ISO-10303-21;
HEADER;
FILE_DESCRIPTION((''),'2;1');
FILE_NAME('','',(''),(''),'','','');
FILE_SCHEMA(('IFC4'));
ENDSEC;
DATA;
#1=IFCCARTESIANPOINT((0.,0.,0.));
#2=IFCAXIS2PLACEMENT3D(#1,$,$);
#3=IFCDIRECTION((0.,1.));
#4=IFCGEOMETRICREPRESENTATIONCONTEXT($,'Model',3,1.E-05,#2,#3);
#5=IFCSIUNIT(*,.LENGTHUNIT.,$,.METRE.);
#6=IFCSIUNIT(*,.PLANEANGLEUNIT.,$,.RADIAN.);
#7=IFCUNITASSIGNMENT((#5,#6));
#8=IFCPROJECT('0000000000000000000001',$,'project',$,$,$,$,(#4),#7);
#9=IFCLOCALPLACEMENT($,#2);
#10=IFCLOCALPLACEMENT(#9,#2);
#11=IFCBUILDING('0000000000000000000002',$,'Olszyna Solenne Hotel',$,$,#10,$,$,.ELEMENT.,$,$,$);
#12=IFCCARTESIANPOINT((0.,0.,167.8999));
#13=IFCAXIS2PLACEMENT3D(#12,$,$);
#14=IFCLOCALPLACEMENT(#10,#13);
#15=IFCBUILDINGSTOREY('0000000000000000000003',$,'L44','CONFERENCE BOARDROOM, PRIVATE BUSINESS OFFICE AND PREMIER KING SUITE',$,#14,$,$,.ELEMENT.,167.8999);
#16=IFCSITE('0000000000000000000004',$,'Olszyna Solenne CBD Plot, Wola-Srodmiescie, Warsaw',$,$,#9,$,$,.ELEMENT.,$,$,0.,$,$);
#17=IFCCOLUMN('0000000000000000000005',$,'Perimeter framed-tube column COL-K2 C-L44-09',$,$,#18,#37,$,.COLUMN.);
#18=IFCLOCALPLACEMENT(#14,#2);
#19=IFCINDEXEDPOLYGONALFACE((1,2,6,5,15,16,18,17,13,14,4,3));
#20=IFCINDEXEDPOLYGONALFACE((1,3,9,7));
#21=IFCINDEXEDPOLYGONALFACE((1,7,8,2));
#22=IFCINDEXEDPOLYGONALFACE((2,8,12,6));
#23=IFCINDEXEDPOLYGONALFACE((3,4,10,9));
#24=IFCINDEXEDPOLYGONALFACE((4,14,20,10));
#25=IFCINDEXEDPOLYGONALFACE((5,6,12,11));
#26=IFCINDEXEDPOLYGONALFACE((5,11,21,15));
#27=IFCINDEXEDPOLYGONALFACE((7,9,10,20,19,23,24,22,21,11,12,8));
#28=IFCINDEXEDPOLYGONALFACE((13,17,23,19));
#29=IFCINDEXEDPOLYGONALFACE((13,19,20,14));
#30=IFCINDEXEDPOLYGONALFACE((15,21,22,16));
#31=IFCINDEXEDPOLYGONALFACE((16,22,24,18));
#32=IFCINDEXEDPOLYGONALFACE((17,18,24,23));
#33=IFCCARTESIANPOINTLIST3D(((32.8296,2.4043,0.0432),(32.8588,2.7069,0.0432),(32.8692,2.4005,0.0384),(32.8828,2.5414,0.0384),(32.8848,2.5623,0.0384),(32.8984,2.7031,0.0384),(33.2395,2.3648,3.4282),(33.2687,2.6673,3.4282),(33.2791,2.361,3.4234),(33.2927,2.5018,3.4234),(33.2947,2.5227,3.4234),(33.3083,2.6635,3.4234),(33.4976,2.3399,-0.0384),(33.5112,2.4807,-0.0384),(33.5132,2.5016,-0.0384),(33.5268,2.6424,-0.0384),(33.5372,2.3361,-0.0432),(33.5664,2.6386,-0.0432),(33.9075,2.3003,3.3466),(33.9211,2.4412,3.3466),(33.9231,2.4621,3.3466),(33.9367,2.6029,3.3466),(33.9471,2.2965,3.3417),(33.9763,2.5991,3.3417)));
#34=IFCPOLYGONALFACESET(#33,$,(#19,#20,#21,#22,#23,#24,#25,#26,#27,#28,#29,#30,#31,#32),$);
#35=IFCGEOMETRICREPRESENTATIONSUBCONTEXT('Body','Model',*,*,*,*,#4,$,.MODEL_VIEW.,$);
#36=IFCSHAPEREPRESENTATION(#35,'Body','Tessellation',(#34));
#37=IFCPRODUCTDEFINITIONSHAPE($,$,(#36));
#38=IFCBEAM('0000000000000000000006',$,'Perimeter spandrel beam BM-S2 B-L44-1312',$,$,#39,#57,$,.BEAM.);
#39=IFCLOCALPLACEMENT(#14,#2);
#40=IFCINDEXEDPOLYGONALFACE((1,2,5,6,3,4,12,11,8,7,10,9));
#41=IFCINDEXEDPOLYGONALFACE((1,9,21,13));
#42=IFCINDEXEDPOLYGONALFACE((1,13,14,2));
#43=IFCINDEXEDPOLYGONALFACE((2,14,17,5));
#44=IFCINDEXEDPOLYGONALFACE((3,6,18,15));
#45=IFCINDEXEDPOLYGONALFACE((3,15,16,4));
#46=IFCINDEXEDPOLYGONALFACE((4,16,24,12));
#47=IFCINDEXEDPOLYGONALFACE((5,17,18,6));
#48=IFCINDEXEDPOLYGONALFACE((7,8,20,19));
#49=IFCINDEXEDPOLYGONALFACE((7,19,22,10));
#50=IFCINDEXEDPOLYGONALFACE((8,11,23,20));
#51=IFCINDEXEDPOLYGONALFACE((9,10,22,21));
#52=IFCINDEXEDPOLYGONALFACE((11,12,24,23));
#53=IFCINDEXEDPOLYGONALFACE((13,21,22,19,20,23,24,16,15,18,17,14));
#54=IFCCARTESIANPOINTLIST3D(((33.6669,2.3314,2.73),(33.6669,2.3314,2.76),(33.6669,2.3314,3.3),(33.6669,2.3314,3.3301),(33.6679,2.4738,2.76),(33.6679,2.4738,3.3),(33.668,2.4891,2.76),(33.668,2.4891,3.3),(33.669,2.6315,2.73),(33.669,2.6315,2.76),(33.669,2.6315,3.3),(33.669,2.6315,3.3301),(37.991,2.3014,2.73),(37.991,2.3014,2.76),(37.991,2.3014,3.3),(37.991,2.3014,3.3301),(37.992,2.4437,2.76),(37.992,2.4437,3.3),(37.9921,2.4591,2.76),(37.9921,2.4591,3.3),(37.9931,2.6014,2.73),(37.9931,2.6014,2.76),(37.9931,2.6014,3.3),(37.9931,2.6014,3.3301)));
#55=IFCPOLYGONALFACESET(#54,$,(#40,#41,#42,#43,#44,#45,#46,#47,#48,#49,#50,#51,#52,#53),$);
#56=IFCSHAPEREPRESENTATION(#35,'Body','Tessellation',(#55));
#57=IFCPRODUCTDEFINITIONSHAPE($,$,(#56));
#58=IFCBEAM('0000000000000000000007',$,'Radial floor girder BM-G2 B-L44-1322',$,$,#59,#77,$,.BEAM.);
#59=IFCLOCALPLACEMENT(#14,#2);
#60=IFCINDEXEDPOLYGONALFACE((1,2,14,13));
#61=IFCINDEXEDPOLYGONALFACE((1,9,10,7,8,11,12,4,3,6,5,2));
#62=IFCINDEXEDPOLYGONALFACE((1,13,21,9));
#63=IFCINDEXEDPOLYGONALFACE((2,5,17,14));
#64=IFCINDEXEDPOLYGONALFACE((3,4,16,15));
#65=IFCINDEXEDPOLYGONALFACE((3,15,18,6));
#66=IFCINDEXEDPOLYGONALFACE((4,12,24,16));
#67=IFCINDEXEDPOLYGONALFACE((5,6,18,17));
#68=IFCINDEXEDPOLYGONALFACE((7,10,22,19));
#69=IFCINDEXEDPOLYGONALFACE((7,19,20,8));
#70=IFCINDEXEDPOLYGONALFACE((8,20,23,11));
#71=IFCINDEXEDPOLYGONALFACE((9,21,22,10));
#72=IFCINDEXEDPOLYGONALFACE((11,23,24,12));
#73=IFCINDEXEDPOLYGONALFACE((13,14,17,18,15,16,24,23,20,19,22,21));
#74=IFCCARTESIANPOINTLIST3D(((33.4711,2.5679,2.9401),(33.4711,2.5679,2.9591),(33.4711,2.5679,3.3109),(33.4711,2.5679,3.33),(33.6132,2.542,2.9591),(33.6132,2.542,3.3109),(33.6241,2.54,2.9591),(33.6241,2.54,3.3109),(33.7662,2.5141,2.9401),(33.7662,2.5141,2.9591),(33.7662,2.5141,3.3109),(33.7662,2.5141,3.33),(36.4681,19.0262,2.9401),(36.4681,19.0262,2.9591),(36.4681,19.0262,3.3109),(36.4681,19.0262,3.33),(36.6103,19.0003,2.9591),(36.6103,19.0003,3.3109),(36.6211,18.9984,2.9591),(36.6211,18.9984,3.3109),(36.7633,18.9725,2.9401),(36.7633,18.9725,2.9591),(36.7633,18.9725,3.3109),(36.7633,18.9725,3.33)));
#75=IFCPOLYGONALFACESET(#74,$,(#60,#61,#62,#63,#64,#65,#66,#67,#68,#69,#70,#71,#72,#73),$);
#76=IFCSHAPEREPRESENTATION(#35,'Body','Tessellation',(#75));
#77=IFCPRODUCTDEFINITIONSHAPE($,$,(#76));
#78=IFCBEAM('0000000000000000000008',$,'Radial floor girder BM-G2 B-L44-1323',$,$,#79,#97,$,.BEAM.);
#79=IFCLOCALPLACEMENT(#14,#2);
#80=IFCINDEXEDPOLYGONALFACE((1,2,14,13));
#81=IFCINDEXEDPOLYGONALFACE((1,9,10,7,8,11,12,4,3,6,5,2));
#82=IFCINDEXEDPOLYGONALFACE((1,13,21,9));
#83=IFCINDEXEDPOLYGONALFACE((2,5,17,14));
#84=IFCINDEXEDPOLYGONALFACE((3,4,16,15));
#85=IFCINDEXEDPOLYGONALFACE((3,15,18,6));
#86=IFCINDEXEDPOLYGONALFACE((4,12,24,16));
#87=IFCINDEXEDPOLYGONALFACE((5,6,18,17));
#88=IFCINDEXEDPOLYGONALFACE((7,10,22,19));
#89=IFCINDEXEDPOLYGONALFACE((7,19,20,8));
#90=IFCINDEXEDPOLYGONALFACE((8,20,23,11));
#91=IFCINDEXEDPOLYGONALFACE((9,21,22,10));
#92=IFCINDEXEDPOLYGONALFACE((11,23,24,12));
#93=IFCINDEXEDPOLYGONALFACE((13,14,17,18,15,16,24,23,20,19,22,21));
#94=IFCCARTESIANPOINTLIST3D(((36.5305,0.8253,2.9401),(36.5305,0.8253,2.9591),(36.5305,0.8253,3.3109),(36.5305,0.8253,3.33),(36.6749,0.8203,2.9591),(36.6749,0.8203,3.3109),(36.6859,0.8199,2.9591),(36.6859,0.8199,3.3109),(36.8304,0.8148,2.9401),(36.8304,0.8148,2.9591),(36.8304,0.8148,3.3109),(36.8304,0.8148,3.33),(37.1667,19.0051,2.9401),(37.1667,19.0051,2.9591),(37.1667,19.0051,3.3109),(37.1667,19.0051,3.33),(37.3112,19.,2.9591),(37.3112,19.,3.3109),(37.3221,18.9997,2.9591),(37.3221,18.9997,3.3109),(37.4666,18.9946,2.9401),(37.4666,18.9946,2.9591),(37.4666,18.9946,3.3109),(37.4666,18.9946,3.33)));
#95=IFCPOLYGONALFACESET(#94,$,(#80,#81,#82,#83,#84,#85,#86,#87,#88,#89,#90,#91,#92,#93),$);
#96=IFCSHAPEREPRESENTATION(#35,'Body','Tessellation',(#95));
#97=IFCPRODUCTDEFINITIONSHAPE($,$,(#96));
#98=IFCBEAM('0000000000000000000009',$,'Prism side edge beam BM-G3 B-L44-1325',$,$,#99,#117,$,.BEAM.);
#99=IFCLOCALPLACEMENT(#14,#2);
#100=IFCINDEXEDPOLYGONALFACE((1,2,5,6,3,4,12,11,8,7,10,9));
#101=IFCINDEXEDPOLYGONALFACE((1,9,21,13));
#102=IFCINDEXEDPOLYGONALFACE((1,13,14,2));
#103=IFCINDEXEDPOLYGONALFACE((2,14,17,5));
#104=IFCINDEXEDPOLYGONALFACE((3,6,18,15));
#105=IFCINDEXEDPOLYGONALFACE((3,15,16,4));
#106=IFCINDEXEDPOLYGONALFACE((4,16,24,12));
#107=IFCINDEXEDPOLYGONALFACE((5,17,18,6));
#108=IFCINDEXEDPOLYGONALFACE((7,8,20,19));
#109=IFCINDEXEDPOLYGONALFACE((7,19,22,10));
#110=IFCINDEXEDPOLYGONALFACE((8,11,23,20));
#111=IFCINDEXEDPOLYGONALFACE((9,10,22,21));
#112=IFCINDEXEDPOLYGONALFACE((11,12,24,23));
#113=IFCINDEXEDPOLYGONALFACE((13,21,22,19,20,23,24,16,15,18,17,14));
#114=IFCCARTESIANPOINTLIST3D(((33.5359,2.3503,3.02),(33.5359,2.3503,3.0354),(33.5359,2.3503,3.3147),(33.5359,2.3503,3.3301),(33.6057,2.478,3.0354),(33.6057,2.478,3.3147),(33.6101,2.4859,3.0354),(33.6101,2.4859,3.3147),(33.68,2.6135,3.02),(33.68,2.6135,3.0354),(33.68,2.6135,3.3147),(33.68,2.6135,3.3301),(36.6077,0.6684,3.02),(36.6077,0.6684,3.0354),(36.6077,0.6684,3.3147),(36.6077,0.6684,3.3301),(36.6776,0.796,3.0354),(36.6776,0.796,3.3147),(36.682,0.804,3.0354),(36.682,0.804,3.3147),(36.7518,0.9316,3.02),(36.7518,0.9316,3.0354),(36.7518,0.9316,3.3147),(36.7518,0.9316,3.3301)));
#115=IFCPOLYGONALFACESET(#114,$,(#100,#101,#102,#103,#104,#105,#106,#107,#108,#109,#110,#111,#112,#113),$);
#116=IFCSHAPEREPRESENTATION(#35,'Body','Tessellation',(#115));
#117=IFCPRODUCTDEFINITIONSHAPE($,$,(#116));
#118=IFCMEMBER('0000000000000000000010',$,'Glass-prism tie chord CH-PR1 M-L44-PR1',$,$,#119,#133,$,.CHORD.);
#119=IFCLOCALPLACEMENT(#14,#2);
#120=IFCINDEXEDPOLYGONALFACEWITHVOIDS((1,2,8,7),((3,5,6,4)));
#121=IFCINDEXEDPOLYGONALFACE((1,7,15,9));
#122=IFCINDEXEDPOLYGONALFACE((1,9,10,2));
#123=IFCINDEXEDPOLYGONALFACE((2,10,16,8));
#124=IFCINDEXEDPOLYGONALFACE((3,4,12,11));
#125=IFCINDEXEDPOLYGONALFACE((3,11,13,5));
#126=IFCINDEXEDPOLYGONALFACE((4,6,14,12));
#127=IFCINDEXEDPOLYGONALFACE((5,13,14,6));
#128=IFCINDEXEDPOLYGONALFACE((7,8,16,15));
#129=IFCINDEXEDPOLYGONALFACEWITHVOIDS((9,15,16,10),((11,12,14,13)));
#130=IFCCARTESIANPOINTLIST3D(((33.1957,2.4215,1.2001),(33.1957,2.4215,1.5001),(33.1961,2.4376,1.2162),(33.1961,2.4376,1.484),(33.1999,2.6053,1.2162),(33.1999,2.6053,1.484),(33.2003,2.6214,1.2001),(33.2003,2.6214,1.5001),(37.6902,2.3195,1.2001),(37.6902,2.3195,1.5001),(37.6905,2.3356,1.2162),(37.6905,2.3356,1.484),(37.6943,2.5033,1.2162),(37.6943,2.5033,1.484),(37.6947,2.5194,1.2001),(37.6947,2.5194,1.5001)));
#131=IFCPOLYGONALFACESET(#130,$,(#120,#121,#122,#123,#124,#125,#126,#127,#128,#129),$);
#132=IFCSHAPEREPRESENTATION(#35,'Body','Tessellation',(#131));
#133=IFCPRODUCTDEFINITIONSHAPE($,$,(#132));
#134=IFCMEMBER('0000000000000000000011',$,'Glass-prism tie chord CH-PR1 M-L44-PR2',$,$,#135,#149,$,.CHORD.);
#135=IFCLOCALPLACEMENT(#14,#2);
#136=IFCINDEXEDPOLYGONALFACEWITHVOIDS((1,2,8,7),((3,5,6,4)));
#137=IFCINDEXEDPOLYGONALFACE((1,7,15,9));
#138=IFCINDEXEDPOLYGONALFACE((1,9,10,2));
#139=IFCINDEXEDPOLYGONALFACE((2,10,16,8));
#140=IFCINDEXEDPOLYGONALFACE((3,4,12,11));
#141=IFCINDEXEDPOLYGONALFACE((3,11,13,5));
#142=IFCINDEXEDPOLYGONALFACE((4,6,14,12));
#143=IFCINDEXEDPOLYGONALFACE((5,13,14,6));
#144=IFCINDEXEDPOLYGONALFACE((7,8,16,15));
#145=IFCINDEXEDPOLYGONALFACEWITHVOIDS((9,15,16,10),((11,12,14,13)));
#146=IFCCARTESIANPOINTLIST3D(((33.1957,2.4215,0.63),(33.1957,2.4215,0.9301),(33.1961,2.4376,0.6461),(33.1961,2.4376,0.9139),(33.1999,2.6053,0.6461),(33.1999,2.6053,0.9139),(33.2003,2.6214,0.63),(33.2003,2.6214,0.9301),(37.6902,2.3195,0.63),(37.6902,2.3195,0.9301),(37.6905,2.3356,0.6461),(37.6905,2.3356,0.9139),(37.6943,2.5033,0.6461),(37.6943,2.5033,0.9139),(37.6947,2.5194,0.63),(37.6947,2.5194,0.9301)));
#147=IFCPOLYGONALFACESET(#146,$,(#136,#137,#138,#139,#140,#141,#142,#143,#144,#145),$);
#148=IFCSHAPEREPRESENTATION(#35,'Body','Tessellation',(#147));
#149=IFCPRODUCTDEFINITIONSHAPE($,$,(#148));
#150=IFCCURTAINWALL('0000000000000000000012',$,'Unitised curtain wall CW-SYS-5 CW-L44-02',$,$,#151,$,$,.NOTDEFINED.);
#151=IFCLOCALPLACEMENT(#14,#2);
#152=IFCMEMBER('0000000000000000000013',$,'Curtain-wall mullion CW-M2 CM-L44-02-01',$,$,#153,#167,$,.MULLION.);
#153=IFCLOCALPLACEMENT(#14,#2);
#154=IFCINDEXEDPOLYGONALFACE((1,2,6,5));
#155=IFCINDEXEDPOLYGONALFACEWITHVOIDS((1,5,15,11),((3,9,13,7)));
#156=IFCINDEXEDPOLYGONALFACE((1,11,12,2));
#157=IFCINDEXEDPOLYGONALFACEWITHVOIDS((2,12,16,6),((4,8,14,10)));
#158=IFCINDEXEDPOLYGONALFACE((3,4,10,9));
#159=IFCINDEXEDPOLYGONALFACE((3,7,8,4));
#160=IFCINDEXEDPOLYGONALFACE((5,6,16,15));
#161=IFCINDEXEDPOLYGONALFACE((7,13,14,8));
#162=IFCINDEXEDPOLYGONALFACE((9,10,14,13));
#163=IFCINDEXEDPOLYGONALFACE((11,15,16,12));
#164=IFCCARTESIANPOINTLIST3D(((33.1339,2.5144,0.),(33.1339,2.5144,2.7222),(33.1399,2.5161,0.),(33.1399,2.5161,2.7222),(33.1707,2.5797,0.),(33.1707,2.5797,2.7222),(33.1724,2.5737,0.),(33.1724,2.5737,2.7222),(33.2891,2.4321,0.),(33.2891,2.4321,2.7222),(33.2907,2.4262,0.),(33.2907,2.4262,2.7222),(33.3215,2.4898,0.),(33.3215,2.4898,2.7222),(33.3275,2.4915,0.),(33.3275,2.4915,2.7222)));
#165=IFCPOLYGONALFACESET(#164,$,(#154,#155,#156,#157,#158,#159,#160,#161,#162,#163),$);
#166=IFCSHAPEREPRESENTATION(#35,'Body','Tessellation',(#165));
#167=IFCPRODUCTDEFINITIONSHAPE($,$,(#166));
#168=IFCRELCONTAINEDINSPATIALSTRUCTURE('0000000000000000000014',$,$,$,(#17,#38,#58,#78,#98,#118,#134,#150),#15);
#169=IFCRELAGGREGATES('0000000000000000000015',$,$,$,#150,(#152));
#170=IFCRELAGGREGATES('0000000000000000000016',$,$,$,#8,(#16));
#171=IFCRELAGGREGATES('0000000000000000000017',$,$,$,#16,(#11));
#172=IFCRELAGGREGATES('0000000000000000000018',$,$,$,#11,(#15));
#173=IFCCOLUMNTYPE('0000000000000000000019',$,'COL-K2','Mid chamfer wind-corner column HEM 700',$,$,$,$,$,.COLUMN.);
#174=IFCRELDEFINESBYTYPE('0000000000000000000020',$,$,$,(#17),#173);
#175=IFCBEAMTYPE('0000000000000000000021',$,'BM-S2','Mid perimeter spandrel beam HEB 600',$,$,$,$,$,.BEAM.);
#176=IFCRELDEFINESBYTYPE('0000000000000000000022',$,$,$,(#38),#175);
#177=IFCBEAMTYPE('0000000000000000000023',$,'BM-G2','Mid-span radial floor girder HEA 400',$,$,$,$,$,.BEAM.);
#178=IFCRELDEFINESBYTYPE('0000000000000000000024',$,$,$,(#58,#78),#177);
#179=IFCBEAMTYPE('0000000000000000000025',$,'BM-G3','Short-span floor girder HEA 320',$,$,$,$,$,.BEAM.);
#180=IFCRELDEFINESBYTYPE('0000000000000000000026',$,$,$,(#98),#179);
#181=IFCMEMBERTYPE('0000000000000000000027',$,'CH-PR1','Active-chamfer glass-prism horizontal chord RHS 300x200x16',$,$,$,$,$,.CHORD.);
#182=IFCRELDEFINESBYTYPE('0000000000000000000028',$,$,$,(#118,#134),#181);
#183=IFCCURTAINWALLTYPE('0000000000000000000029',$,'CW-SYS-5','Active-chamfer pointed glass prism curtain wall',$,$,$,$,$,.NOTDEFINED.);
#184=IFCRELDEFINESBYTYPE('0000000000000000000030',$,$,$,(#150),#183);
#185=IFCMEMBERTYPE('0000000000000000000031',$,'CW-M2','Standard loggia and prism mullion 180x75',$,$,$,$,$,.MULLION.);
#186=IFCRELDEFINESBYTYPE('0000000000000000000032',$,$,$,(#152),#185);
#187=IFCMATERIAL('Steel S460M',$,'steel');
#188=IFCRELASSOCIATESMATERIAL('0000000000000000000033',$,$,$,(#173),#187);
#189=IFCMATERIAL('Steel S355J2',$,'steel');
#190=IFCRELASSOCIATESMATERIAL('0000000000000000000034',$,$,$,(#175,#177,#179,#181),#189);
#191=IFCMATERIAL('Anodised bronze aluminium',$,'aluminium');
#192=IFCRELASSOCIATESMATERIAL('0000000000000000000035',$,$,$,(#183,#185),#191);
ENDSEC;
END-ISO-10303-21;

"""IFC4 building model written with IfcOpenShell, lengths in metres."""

from ifc_helpers import new_model, si_unit, direction, frame, origin, origin_2d, place, context, subcontext, project, spatial, hollow_rectangle, i_section, extrude, source, transform, mapped, material, material_profile, profile_set, type_object, element, aggregate, save


model = new_model("IFC4")

# Units and contexts
model_context = context("Model", 3, precision=1e-05, world=origin(), true_north=direction((0.0, 1.0)))
body_context = subcontext(model_context, "Body", "Model", "MODEL_VIEW")
ifc_project = project(units=[si_unit("LENGTHUNIT", "METRE"), si_unit("PLANEANGLEUNIT", "RADIAN")], contexts=[model_context])

# Site, building, storey
site_placement = place(None, origin())
site = spatial("IfcSite", under=ifc_project, at=site_placement, Name="Olszyna Solenne CBD Plot, Wola-Srodmiescie, Warsaw", CompositionType="ELEMENT", RefElevation=0.0)
building_placement = place(site_placement, origin())
building = spatial("IfcBuilding", under=site, at=building_placement, Name="Olszyna Solenne Hotel", CompositionType="ELEMENT")
storey_placement = place(building_placement, frame((0.0, 0.0, 167.8999)))
storey = spatial("IfcBuildingStorey", under=building, at=storey_placement, Name="L44", Description="CONFERENCE BOARDROOM, PRIVATE BUSINESS OFFICE AND PREMIER KING SUITE", CompositionType="ELEMENT", Elevation=167.8999)

# Column
ifc_material_1 = material(Name="Steel S460M", Category="steel")
ifc_material_profile_1 = material_profile(ifc_material_1, i_section(OverallWidth=0.304, OverallDepth=0.7161, WebThickness=0.021, FlangeThickness=0.04, at=origin_2d()), Name="HEM 700", Category="load-bearing")
ifc_profile_set_1 = profile_set([ifc_material_profile_1], Name="Steel S460M")
column_type = type_object("IfcColumnType", Name="COL-K2", Description="Mid chamfer wind-corner column HEM 700", PredefinedType="COLUMN", material=ifc_profile_set_1)
shared_shape_1 = source(origin(), body_context, "Body", "SweptSolid", [
    extrude(i_section(OverallWidth=0.304, OverallDepth=0.7161, WebThickness=0.021, FlangeThickness=0.04, at=origin_2d()), origin(), (0.0, 0.0, 1.0), 3.4099),
])
column_placement = place(storey_placement, frame((33.198, 2.5215, 0.0), z_axis=(0.12021, -0.011599, 0.992681), x_axis=(0.09604, 0.995377, 0.0)))
element("IfcColumn", 1, at=column_placement, inside=storey, type_object=column_type, Name="Perimeter framed-tube column COL-K2 C-L44-09", PredefinedType="COLUMN", context=body_context, shape_type="MappedRepresentation", body=[
    mapped(shared_shape_1, transform((0.0, 0.0, 0.0), x_axis=(1.0, 0.0, 0.0), y_axis=(0.0, 1.0, 0.0), z_axis=(0.0, 0.0, 1.0), scale=1.0)),
])

# Beams
ifc_material_2 = material(Name="Steel S355J2", Category="steel")
ifc_material_profile_2 = material_profile(ifc_material_2, i_section(OverallWidth=0.3, OverallDepth=0.6001, WebThickness=0.0154, FlangeThickness=0.03, at=origin_2d()), Name="HEB 600", Category="load-bearing")
ifc_profile_set_2 = profile_set([ifc_material_profile_2], Name="Steel S355J2")
beam_type_1 = type_object("IfcBeamType", Name="BM-S2", Description="Mid perimeter spandrel beam HEB 600", PredefinedType="BEAM", material=ifc_profile_set_2)
shared_shape_2 = source(origin(), body_context, "Body", "SweptSolid", [
    extrude(i_section(OverallWidth=0.3, OverallDepth=0.6001, WebThickness=0.0154, FlangeThickness=0.03, at=origin_2d()), origin(), (0.0, 0.0, 1.0), 4.3242),
])
beam_1_placement = place(storey_placement, frame((33.668, 2.4814, 3.03), z_axis=(0.999976, -0.006944, 0.0), x_axis=(0.006944, 0.999976, 0.0)))
element("IfcBeam", 2, at=beam_1_placement, inside=storey, type_object=beam_type_1, Name="Perimeter spandrel beam BM-S2 B-L44-1312", PredefinedType="BEAM", context=body_context, shape_type="MappedRepresentation", body=[
    mapped(shared_shape_2, transform((0.0, 0.0, 0.0), x_axis=(1.0, 0.0, 0.0), y_axis=(0.0, 1.0, 0.0), z_axis=(0.0, 0.0, 1.0), scale=1.0)),
])
ifc_material_profile_3 = material_profile(ifc_material_2, i_section(OverallWidth=0.3, OverallDepth=0.3899, WebThickness=0.011, FlangeThickness=0.019, at=origin_2d()), Name="HEA 400", Category="load-bearing")
ifc_profile_set_3 = profile_set([ifc_material_profile_3], Name="Steel S355J2")
beam_type_2 = type_object("IfcBeamType", Name="BM-G2", Description="Mid-span radial floor girder HEA 400", PredefinedType="BEAM", material=ifc_profile_set_3)
shared_shape_3 = source(origin(), body_context, "Body", "SweptSolid", [
    extrude(i_section(OverallWidth=0.3, OverallDepth=0.3899, WebThickness=0.011, FlangeThickness=0.019, at=origin_2d()), origin(), (0.0, 0.0, 1.0), 16.729),
])
beam_2_placement = place(storey_placement, frame((33.6187, 2.541, 3.135), z_axis=(0.179155, 0.983821, 0.0), x_axis=(-0.983821, 0.179155, 0.0)))
element("IfcBeam", 3, at=beam_2_placement, inside=storey, type_object=beam_type_2, Name="Radial floor girder BM-G2 B-L44-1322", PredefinedType="BEAM", context=body_context, shape_type="MappedRepresentation", body=[
    mapped(shared_shape_3, transform((0.0, 0.0, 0.0), x_axis=(1.0, 0.0, 0.0), y_axis=(0.0, 1.0, 0.0), z_axis=(0.0, 0.0, 1.0), scale=1.0)),
])
shared_shape_4 = source(origin(), body_context, "Body", "SweptSolid", [
    extrude(i_section(OverallWidth=0.3, OverallDepth=0.3899, WebThickness=0.011, FlangeThickness=0.019, at=origin_2d()), origin(), (0.0, 0.0, 1.0), 18.1909),
])
beam_3_placement = place(storey_placement, frame((36.6804, 0.8201, 3.135), z_axis=(0.034975, 0.999388, 0.0), x_axis=(-0.999388, 0.034975, 0.0)))
element("IfcBeam", 4, at=beam_3_placement, inside=storey, type_object=beam_type_2, Name="Radial floor girder BM-G2 B-L44-1323", PredefinedType="BEAM", context=body_context, shape_type="MappedRepresentation", body=[
    mapped(shared_shape_4, transform((0.0, 0.0, 0.0), x_axis=(1.0, 0.0, 0.0), y_axis=(0.0, 1.0, 0.0), z_axis=(0.0, 0.0, 1.0), scale=1.0)),
])
ifc_material_profile_4 = material_profile(ifc_material_2, i_section(OverallWidth=0.3, OverallDepth=0.3101, WebThickness=0.009, FlangeThickness=0.0154, at=origin_2d()), Name="HEA 320", Category="load-bearing")
ifc_profile_set_4 = profile_set([ifc_material_profile_4], Name="Steel S355J2")
beam_type_3 = type_object("IfcBeamType", Name="BM-G3", Description="Short-span floor girder HEA 320", PredefinedType="BEAM", material=ifc_profile_set_4)
shared_shape_5 = source(origin(), body_context, "Body", "SweptSolid", [
    extrude(i_section(OverallWidth=0.3, OverallDepth=0.3101, WebThickness=0.009, FlangeThickness=0.0154, at=origin_2d()), origin(), (0.0, 0.0, 1.0), 3.5022),
])
beam_4_placement = place(storey_placement, frame((33.6079, 2.4819, 3.175), z_axis=(0.87713, -0.480253, 0.0), x_axis=(0.480253, 0.87713, 0.0)))
element("IfcBeam", 5, at=beam_4_placement, inside=storey, type_object=beam_type_3, Name="Prism side edge beam BM-G3 B-L44-1325", PredefinedType="BEAM", context=body_context, shape_type="MappedRepresentation", body=[
    mapped(shared_shape_5, transform((0.0, 0.0, 0.0), x_axis=(1.0, 0.0, 0.0), y_axis=(0.0, 1.0, 0.0), z_axis=(0.0, 0.0, 1.0), scale=1.0)),
])

# Members
ifc_material_profile_5 = material_profile(ifc_material_2, hollow_rectangle(XDim=0.2, YDim=0.3, WallThickness=0.0161, at=origin_2d()), Name="RHS 300x200x16", Category="load-bearing")
ifc_profile_set_5 = profile_set([ifc_material_profile_5], Name="Steel S355J2")
member_type_1 = type_object("IfcMemberType", Name="CH-PR1", Description="Active-chamfer glass-prism horizontal chord RHS 300x200x16", PredefinedType="CHORD", material=ifc_profile_set_5)
shared_shape_6 = source(origin(), body_context, "Body", "SweptSolid", [
    extrude(hollow_rectangle(XDim=0.2, YDim=0.3, WallThickness=0.0161, at=origin_2d()), origin(), (0.0, 0.0, 1.0), 4.4956),
])
for number, where, z_axis, x_axis, name in (
    (6, (33.198, 2.5215, 1.3501), (0.999742, -0.0227, 0.0), (0.0227, 0.999742, 0.0), "Glass-prism tie chord CH-PR1 M-L44-PR1"),
    (7, (33.198, 2.5215, 0.78), (0.999742, -0.0227, 0.0), (0.0227, 0.999742, 0.0), "Glass-prism tie chord CH-PR1 M-L44-PR2"),
):
    element("IfcMember", number, at=place(storey_placement, frame(where, z_axis=z_axis, x_axis=x_axis)), inside=storey, type_object=member_type_1, Name=name, PredefinedType="CHORD", context=body_context, shape_type="MappedRepresentation", body=[
        mapped(shared_shape_6, transform((0.0, 0.0, 0.0), x_axis=(1.0, 0.0, 0.0), y_axis=(0.0, 1.0, 0.0), z_axis=(0.0, 0.0, 1.0), scale=1.0)),
    ])

# Curtain wall, member
ifc_material_3 = material(Name="Anodised bronze aluminium", Category="aluminium")
curtain_wall_type = type_object("IfcCurtainWallType", Name="CW-SYS-5", Description="Active-chamfer pointed glass prism curtain wall", PredefinedType="NOTDEFINED", material=ifc_material_3)
curtain_wall_placement = place(storey_placement, origin())
curtain_wall = element("IfcCurtainWall", 8, at=curtain_wall_placement, inside=storey, type_object=curtain_wall_type, Name="Unitised curtain wall CW-SYS-5 CW-L44-02", PredefinedType="NOTDEFINED")
ifc_material_profile_6 = material_profile(ifc_material_3, hollow_rectangle(XDim=0.075, YDim=0.1799, WallThickness=0.0044, at=origin_2d()), Name="MULL 180x75x4.5", Category="load-bearing")
ifc_profile_set_6 = profile_set([ifc_material_profile_6], Name="Anodised bronze aluminium")
member_type_2 = type_object("IfcMemberType", Name="CW-M2", Description="Standard loggia and prism mullion 180x75", PredefinedType="MULLION", material=ifc_profile_set_6)
shared_shape_7 = source(origin(), body_context, "Body", "SweptSolid", [
    extrude(hollow_rectangle(XDim=0.075, YDim=0.1799, WallThickness=0.0044, at=origin_2d()), origin(), (0.0, 0.0, 1.0), 2.7222),
])
member_1_placement = place(storey_placement, frame((33.2307, 2.5029, 0.0), z_axis=(0.0, 0.0, 1.0), x_axis=(0.49033, 0.871537, 0.0)))
member_1 = element("IfcMember", 9, at=member_1_placement, type_object=member_type_2, Name="Curtain-wall mullion CW-M2 CM-L44-02-01", PredefinedType="MULLION", context=body_context, shape_type="MappedRepresentation", body=[
    mapped(shared_shape_7, transform((0.0, 0.0, 0.0), x_axis=(1.0, 0.0, 0.0), y_axis=(0.0, 1.0, 0.0), z_axis=(0.0, 0.0, 1.0), scale=1.0)),
])

aggregate(curtain_wall, [member_1])

save(model, "model.ifc")
